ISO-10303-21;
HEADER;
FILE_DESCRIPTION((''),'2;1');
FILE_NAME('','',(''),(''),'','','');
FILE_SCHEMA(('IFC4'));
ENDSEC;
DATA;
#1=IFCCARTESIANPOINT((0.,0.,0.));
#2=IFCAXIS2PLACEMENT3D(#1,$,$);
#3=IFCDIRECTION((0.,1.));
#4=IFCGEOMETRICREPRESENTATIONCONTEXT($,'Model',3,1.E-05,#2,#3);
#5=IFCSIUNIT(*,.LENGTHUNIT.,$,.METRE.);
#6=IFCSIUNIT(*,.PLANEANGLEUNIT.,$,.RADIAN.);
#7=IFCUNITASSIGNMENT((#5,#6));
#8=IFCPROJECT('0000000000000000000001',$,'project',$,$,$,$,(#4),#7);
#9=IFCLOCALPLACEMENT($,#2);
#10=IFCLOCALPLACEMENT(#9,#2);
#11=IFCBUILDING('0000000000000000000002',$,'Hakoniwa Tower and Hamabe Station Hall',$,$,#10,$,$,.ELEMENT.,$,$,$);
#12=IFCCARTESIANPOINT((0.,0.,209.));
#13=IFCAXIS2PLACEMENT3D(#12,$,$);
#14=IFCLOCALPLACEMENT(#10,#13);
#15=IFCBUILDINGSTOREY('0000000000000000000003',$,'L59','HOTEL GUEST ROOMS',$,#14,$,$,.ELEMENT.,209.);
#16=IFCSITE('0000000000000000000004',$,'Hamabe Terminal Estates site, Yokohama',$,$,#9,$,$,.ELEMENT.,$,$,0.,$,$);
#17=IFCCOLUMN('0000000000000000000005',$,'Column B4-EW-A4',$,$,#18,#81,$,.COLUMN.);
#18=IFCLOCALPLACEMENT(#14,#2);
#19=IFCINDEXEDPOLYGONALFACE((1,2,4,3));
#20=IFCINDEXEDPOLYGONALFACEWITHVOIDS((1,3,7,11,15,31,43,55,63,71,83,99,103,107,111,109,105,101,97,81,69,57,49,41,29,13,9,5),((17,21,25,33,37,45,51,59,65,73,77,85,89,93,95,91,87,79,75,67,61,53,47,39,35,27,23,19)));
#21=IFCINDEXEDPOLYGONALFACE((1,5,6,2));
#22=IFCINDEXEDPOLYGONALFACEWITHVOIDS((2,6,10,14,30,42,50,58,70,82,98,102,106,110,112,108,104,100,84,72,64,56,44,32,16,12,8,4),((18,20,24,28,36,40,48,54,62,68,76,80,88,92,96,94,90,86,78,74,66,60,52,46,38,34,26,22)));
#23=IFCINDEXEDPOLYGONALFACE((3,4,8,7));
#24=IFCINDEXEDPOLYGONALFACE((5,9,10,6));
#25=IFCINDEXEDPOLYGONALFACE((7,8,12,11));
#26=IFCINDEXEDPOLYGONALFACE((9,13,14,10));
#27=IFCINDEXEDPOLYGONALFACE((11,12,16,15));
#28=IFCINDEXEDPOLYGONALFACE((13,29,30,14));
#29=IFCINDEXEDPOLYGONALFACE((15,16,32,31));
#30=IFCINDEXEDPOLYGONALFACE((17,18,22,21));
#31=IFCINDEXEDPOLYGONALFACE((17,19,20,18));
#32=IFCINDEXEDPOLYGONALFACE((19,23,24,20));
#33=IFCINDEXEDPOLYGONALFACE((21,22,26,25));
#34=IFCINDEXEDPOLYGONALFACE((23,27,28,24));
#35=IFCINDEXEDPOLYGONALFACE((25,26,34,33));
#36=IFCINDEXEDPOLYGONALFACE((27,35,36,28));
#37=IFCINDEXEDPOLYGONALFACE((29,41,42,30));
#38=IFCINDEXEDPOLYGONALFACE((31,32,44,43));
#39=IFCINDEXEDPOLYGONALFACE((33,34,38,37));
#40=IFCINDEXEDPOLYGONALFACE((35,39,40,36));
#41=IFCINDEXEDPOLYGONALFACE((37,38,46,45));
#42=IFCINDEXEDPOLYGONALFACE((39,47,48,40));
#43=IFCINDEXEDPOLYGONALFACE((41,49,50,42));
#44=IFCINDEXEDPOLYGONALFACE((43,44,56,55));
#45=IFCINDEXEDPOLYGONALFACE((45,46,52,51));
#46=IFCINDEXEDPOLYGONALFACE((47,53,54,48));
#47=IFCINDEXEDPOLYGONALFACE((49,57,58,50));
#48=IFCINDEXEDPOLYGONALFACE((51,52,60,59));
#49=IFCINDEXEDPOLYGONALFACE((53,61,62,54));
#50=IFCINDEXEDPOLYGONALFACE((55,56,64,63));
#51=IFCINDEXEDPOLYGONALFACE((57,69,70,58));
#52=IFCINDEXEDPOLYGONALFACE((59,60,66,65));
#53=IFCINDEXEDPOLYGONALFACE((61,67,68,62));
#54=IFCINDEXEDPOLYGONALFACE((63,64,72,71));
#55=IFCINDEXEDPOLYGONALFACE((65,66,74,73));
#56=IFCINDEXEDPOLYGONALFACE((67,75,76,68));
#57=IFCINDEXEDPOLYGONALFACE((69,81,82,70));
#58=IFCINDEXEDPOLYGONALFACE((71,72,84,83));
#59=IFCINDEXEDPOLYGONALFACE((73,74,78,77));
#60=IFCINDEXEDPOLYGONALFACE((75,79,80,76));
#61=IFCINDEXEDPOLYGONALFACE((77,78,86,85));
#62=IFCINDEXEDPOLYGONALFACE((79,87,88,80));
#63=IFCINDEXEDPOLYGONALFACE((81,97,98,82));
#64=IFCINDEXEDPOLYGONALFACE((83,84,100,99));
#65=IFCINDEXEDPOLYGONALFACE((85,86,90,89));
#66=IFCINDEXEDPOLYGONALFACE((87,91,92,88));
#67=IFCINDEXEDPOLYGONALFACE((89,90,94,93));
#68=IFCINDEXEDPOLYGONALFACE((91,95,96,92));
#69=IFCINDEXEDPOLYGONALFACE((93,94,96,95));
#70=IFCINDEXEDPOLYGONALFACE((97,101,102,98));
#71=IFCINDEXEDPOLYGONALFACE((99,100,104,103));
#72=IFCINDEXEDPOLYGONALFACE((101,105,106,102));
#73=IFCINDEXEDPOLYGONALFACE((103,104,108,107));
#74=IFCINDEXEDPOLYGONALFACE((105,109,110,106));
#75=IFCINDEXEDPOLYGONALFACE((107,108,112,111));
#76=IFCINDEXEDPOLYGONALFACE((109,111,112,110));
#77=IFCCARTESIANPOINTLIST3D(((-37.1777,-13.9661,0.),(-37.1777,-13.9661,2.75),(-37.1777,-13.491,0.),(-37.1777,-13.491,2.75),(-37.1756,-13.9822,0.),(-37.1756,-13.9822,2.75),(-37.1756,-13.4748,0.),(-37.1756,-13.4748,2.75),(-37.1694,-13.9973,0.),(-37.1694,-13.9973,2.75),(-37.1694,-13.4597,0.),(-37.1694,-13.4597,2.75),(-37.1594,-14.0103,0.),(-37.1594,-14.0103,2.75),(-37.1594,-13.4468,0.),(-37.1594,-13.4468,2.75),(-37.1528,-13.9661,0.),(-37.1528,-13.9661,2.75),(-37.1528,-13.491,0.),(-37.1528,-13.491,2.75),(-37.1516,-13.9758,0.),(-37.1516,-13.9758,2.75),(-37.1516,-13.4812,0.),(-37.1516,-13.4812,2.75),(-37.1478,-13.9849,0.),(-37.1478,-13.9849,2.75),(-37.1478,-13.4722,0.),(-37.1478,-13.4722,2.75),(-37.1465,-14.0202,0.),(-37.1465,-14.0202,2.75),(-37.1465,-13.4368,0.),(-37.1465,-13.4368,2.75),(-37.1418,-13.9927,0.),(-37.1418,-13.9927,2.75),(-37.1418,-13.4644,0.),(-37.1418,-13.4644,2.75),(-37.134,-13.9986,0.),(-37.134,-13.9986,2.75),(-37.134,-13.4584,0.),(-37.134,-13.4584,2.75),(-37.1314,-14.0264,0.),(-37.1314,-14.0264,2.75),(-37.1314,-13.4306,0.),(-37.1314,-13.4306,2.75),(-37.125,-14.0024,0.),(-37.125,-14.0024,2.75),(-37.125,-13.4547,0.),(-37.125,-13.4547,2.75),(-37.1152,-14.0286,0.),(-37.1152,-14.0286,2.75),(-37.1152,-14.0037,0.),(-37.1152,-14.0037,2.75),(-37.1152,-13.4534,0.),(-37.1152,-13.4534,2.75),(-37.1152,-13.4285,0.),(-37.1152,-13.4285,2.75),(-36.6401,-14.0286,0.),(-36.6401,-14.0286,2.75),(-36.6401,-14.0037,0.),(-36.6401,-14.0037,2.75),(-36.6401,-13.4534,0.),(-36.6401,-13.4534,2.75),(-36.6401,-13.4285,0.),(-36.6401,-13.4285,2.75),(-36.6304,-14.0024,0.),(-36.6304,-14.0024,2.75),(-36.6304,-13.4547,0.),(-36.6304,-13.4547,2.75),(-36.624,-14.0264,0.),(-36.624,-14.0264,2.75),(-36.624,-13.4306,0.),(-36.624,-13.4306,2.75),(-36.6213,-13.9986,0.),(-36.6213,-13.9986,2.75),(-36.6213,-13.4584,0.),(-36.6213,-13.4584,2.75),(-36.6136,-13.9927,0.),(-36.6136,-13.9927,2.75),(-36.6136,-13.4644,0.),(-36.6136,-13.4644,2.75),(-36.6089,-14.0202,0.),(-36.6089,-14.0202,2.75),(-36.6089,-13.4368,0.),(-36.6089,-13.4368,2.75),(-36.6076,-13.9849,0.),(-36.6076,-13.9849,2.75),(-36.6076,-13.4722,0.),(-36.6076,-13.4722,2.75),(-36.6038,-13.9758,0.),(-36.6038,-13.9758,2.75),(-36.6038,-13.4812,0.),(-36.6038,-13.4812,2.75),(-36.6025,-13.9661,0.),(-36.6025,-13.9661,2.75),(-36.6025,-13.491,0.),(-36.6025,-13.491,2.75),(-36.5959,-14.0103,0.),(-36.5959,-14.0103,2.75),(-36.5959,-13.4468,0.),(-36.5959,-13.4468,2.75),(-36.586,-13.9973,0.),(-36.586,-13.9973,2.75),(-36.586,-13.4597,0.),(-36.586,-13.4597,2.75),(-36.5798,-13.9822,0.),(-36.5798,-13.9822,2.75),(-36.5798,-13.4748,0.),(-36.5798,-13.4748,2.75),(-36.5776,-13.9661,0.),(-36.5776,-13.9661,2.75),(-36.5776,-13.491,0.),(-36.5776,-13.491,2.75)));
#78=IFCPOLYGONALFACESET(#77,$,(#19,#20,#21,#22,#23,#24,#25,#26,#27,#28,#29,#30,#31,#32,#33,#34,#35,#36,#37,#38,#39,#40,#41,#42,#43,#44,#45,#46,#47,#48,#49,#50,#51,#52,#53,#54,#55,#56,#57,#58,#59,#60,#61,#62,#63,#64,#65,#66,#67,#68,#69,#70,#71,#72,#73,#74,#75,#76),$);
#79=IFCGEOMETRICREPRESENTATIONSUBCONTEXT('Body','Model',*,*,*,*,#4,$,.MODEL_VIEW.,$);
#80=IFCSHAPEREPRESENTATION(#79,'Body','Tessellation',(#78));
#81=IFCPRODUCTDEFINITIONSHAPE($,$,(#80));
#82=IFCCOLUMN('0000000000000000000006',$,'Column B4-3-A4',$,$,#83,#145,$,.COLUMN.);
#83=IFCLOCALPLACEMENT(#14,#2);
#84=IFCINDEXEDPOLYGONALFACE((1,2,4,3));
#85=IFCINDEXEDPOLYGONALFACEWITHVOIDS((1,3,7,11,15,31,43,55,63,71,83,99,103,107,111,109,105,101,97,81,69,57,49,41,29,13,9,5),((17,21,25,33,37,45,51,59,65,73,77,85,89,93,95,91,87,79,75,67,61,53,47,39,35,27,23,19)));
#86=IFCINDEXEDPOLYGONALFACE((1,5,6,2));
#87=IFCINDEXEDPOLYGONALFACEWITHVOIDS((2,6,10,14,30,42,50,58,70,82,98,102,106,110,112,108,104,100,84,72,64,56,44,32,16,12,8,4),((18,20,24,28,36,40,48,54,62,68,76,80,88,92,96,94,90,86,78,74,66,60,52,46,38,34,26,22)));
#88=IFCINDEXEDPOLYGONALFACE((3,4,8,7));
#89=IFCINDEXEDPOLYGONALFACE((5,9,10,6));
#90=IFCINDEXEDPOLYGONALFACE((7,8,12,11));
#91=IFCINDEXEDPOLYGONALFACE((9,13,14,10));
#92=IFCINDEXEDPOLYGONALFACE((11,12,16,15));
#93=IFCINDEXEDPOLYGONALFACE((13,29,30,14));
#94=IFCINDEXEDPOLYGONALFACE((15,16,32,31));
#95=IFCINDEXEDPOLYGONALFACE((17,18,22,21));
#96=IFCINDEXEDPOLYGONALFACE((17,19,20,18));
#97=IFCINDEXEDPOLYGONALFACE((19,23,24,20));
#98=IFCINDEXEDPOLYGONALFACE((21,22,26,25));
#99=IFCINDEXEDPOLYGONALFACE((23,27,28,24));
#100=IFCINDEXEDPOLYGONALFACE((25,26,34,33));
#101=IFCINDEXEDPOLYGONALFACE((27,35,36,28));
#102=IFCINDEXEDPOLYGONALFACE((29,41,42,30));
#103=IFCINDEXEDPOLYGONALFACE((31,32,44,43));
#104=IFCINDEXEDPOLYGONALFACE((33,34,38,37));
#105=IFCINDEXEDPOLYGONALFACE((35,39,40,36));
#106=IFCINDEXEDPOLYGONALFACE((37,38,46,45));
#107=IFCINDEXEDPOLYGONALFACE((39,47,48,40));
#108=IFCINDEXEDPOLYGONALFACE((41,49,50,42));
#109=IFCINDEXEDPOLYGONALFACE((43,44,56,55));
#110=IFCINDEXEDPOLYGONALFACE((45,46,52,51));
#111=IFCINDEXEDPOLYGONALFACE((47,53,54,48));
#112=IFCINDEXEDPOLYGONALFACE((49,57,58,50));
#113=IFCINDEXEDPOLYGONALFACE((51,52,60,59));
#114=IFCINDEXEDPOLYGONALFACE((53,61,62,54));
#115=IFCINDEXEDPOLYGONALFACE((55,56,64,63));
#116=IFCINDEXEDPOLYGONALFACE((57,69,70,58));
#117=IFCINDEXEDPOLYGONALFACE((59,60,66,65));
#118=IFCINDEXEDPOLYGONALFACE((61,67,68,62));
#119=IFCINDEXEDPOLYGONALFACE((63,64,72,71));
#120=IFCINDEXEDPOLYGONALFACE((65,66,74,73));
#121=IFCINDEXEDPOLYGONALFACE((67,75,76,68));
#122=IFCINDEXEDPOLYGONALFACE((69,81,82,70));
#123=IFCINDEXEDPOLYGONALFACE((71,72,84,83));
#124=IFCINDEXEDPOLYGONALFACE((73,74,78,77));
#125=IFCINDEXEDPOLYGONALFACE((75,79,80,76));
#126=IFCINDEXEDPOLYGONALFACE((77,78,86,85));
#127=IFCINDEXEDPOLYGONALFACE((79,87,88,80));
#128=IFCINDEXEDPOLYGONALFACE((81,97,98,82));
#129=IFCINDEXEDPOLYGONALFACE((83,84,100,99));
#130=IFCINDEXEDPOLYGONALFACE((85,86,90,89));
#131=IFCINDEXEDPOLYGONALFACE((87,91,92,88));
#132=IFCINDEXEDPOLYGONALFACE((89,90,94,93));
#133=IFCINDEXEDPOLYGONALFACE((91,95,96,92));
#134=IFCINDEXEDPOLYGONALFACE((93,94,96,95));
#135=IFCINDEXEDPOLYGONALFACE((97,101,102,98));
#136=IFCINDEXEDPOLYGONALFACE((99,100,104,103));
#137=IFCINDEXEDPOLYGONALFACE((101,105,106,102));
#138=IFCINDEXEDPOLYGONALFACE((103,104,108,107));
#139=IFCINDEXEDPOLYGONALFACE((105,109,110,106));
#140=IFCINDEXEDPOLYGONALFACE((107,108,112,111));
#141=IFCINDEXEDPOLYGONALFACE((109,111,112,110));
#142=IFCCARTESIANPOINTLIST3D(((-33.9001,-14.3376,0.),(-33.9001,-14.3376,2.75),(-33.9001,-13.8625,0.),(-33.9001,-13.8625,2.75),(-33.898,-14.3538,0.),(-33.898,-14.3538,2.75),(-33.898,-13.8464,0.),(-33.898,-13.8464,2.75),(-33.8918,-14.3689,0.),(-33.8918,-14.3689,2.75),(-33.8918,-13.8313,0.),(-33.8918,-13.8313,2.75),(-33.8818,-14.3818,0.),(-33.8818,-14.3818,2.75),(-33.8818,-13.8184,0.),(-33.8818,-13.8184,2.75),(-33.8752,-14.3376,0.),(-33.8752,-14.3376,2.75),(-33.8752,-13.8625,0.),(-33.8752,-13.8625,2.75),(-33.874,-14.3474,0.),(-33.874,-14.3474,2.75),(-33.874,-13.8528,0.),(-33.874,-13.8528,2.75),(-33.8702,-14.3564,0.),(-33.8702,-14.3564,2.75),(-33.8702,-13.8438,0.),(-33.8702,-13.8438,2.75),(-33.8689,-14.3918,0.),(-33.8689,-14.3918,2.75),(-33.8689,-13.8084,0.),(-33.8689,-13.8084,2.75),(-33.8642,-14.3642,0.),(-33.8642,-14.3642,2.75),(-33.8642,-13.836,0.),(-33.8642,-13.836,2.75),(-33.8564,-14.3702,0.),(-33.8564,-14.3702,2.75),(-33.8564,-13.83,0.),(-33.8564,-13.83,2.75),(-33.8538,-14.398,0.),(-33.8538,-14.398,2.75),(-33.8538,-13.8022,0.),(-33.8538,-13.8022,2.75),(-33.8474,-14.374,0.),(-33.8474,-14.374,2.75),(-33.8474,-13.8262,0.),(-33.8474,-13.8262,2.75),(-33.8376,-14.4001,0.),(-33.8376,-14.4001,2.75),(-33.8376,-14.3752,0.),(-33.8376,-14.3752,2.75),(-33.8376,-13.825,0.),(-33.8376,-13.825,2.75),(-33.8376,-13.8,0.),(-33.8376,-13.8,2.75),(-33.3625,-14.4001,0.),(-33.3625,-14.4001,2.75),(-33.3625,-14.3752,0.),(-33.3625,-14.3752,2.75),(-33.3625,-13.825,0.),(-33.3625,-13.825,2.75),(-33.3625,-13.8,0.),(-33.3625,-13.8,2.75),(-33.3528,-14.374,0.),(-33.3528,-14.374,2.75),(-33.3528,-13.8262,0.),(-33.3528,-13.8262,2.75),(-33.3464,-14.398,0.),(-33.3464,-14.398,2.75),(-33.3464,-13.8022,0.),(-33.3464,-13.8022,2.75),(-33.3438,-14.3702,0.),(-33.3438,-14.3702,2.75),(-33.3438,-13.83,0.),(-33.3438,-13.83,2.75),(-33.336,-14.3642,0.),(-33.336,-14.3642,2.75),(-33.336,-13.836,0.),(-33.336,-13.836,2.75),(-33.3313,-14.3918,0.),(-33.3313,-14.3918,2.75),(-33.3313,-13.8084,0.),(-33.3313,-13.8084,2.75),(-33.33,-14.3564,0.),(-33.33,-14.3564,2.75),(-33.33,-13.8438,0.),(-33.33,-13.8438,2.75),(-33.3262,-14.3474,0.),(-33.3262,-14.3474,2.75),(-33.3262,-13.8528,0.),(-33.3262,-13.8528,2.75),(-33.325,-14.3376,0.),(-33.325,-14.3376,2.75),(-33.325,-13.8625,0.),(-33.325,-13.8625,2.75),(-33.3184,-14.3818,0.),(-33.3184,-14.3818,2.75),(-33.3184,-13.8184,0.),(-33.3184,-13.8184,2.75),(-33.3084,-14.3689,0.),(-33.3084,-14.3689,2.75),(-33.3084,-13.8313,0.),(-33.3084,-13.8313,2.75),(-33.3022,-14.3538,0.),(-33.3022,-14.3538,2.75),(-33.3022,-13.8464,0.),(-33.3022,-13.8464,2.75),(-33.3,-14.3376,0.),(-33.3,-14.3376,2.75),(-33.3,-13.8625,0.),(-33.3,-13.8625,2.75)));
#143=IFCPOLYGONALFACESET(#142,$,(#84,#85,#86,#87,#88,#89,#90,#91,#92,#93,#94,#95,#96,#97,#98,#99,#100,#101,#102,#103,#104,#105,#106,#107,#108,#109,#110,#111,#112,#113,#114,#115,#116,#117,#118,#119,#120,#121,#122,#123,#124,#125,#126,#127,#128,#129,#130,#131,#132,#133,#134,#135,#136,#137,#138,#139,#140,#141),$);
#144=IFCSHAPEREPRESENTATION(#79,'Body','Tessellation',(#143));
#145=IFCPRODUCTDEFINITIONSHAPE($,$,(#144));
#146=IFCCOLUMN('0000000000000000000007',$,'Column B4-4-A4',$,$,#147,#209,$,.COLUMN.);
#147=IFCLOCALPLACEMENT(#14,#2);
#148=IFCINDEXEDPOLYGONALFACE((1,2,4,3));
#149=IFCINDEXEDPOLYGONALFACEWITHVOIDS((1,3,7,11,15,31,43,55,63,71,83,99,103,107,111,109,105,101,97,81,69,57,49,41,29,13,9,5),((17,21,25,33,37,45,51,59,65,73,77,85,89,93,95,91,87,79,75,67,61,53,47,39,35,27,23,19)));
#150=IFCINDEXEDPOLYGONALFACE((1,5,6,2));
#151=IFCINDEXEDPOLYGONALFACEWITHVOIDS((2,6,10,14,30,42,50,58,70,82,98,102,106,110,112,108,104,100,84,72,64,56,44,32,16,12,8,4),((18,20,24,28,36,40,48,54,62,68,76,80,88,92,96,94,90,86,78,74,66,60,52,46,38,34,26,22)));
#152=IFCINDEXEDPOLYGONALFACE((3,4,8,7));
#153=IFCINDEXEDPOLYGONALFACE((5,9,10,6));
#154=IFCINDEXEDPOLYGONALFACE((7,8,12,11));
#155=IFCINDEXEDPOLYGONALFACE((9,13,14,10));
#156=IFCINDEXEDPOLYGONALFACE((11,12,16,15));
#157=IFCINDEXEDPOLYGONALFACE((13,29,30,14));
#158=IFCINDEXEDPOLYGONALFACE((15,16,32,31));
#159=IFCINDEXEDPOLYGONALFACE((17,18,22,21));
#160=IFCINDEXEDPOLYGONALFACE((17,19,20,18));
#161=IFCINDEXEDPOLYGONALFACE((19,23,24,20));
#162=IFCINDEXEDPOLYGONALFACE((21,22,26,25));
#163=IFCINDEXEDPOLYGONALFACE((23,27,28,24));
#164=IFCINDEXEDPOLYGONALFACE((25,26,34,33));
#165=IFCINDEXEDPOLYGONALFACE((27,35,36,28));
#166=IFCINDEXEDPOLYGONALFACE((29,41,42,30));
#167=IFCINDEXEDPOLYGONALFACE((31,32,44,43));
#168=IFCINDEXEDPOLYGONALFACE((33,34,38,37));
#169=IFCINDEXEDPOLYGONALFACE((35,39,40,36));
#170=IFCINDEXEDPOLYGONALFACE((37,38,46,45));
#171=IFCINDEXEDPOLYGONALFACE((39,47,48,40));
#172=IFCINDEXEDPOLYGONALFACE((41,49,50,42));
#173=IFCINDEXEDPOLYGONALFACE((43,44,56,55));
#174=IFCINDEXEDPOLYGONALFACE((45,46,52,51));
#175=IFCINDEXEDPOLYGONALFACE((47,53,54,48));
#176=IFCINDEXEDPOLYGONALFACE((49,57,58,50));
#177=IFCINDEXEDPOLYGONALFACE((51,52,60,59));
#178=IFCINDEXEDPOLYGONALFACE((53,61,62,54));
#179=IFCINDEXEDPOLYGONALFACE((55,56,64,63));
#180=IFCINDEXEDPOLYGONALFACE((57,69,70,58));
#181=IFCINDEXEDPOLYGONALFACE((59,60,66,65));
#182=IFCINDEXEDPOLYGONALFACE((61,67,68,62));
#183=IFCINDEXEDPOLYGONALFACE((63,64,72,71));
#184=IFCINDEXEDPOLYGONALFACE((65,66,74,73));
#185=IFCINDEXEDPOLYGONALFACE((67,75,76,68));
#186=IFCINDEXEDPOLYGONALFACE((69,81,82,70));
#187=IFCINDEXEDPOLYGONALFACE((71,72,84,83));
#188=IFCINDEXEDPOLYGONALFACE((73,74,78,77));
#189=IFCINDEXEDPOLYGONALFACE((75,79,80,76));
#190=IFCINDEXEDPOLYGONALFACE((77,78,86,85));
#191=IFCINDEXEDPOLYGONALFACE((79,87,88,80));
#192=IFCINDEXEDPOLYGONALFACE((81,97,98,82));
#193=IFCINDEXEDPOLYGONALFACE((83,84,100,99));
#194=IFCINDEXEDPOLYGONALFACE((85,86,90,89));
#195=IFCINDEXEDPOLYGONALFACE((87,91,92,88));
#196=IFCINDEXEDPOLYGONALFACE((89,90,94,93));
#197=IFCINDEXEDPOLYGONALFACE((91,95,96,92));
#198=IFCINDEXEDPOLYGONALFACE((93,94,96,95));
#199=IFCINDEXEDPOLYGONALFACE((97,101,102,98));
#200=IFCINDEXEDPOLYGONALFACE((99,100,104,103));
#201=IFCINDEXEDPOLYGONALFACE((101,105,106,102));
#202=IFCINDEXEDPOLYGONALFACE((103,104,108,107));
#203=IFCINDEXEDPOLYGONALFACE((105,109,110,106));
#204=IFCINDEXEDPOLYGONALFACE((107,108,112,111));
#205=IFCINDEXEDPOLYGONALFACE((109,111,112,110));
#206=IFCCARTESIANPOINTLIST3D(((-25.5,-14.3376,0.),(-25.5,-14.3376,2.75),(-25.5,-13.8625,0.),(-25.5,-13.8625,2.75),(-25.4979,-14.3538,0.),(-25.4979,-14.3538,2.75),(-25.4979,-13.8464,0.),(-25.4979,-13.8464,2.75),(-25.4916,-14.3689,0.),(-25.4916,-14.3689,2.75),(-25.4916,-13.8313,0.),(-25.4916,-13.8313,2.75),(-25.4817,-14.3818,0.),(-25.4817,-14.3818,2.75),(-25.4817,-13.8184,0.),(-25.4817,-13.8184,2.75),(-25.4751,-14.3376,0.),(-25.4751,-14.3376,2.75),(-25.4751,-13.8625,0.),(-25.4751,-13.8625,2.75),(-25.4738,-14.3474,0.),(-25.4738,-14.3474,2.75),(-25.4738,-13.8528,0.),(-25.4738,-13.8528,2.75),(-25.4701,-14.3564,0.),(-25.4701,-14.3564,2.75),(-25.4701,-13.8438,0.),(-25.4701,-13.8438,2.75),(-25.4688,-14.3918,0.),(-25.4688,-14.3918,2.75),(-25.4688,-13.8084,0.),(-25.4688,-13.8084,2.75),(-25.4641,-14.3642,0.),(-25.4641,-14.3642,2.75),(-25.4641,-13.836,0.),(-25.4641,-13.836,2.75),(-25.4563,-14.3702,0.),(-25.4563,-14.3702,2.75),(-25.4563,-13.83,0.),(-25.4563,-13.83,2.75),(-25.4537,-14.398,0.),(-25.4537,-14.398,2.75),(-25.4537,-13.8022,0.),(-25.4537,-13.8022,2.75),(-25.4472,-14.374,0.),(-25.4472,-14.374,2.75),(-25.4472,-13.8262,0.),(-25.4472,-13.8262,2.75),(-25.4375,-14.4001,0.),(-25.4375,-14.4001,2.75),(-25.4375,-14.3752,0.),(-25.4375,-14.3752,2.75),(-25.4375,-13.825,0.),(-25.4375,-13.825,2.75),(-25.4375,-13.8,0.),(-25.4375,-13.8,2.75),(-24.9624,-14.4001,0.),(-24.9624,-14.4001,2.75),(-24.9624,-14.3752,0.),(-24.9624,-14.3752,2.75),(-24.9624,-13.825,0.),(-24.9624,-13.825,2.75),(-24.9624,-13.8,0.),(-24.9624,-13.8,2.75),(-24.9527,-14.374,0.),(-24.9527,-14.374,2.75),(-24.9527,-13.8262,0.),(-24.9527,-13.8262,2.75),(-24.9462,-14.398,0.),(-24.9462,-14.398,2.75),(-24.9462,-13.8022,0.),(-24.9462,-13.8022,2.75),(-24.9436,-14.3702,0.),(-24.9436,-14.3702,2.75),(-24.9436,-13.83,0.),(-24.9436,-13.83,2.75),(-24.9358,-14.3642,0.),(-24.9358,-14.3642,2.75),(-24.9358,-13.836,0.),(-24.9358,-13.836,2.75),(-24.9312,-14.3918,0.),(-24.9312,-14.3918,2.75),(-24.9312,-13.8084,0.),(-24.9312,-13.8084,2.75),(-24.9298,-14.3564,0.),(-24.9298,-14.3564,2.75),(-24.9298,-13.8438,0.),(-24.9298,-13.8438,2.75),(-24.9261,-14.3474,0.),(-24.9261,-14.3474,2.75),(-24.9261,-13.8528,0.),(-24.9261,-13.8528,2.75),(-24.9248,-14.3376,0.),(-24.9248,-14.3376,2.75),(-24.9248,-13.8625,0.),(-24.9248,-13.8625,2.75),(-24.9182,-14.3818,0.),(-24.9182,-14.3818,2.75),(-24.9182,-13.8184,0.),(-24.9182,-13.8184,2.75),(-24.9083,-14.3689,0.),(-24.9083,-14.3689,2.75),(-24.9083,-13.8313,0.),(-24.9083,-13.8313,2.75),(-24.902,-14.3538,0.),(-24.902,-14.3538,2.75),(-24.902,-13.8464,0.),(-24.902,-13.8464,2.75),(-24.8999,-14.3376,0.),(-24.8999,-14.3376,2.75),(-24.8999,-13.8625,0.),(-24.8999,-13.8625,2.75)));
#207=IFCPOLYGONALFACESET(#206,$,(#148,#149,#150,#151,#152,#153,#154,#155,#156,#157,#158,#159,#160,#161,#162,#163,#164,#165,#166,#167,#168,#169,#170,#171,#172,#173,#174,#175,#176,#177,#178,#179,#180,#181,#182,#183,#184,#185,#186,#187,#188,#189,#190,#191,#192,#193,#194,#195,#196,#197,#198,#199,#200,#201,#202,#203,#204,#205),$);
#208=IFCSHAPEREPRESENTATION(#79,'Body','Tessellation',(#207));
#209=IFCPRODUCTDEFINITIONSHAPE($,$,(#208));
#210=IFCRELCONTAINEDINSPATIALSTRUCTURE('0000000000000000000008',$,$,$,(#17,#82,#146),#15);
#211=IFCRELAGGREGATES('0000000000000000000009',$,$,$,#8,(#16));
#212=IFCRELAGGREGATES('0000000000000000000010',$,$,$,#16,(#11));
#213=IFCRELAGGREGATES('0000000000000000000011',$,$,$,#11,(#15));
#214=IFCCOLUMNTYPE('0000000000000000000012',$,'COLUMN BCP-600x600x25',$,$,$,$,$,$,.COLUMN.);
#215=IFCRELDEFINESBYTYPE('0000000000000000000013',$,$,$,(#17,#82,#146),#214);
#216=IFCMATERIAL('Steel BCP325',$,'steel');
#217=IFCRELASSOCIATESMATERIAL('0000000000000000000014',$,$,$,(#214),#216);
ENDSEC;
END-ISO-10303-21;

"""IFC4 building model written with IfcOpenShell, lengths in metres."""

from ifc_helpers import new_model, si_unit, direction, frame, origin, origin_2d, place, context, subcontext, project, spatial, hollow_rectangle, extrude, material, material_profile, profile_set, type_object, element, save


model = new_model("IFC4")

# Units and contexts
model_context = context("Model", 3, precision=1e-05, world=origin(), true_north=direction((0.0, 1.0)))
body_context = subcontext(model_context, "Body", "Model", "MODEL_VIEW")
ifc_project = project(units=[si_unit("LENGTHUNIT", "METRE"), si_unit("PLANEANGLEUNIT", "RADIAN")], contexts=[model_context])

# Site, building, storey
site_placement = place(None, origin())
site = spatial("IfcSite", under=ifc_project, at=site_placement, Name="Hamabe Terminal Estates site, Yokohama", CompositionType="ELEMENT", RefElevation=0.0)
building_placement = place(site_placement, origin())
building = spatial("IfcBuilding", under=site, at=building_placement, Name="Hakoniwa Tower and Hamabe Station Hall", CompositionType="ELEMENT")
storey_placement = place(building_placement, frame((0.0, 0.0, 209.0)))
storey = spatial("IfcBuildingStorey", under=building, at=storey_placement, Name="L59", Description="HOTEL GUEST ROOMS", CompositionType="ELEMENT", Elevation=209.0)

# Columns
ifc_material_1 = material(Name="Steel BCP325", Category="steel")
ifc_material_profile_1 = material_profile(ifc_material_1, hollow_rectangle(XDim=0.6001, YDim=0.6001, WallThickness=0.0249, InnerFilletRadius=0.0376, OuterFilletRadius=0.0625, at=origin_2d()), Name="BCP-600x600x25")
ifc_profile_set_1 = profile_set([ifc_material_profile_1], Name="Steel BCP325")
column_type = type_object("IfcColumnType", Name="COLUMN BCP-600x600x25", PredefinedType="COLUMN", material=ifc_profile_set_1)
for number, where, z_axis, x_axis, name in (
    (1, (-36.8777, -13.7285, 0.0), (0.0, 0.0, 1.0), (1.0, 0.0, 0.0), "Column B4-EW-A4"),
    (2, (-33.6001, -14.1001, 0.0), (0.0, 0.0, 1.0), (1.0, 0.0, 0.0), "Column B4-3-A4"),
    (3, (-25.2, -14.1001, 0.0), (0.0, 0.0, 1.0), (1.0, 0.0, 0.0), "Column B4-4-A4"),
):
    element("IfcColumn", number, at=place(storey_placement, frame(where, z_axis=z_axis, x_axis=x_axis)), inside=storey, type_object=column_type, Name=name, PredefinedType="COLUMN", context=body_context, shape_type="SweptSolid", body=[
        extrude(hollow_rectangle(XDim=0.6001, YDim=0.6001, WallThickness=0.0249, InnerFilletRadius=0.0376, OuterFilletRadius=0.0625, at=origin_2d()), origin(), (0.0, 0.0, 1.0), 2.75),
    ])

save(model, "model.ifc")
